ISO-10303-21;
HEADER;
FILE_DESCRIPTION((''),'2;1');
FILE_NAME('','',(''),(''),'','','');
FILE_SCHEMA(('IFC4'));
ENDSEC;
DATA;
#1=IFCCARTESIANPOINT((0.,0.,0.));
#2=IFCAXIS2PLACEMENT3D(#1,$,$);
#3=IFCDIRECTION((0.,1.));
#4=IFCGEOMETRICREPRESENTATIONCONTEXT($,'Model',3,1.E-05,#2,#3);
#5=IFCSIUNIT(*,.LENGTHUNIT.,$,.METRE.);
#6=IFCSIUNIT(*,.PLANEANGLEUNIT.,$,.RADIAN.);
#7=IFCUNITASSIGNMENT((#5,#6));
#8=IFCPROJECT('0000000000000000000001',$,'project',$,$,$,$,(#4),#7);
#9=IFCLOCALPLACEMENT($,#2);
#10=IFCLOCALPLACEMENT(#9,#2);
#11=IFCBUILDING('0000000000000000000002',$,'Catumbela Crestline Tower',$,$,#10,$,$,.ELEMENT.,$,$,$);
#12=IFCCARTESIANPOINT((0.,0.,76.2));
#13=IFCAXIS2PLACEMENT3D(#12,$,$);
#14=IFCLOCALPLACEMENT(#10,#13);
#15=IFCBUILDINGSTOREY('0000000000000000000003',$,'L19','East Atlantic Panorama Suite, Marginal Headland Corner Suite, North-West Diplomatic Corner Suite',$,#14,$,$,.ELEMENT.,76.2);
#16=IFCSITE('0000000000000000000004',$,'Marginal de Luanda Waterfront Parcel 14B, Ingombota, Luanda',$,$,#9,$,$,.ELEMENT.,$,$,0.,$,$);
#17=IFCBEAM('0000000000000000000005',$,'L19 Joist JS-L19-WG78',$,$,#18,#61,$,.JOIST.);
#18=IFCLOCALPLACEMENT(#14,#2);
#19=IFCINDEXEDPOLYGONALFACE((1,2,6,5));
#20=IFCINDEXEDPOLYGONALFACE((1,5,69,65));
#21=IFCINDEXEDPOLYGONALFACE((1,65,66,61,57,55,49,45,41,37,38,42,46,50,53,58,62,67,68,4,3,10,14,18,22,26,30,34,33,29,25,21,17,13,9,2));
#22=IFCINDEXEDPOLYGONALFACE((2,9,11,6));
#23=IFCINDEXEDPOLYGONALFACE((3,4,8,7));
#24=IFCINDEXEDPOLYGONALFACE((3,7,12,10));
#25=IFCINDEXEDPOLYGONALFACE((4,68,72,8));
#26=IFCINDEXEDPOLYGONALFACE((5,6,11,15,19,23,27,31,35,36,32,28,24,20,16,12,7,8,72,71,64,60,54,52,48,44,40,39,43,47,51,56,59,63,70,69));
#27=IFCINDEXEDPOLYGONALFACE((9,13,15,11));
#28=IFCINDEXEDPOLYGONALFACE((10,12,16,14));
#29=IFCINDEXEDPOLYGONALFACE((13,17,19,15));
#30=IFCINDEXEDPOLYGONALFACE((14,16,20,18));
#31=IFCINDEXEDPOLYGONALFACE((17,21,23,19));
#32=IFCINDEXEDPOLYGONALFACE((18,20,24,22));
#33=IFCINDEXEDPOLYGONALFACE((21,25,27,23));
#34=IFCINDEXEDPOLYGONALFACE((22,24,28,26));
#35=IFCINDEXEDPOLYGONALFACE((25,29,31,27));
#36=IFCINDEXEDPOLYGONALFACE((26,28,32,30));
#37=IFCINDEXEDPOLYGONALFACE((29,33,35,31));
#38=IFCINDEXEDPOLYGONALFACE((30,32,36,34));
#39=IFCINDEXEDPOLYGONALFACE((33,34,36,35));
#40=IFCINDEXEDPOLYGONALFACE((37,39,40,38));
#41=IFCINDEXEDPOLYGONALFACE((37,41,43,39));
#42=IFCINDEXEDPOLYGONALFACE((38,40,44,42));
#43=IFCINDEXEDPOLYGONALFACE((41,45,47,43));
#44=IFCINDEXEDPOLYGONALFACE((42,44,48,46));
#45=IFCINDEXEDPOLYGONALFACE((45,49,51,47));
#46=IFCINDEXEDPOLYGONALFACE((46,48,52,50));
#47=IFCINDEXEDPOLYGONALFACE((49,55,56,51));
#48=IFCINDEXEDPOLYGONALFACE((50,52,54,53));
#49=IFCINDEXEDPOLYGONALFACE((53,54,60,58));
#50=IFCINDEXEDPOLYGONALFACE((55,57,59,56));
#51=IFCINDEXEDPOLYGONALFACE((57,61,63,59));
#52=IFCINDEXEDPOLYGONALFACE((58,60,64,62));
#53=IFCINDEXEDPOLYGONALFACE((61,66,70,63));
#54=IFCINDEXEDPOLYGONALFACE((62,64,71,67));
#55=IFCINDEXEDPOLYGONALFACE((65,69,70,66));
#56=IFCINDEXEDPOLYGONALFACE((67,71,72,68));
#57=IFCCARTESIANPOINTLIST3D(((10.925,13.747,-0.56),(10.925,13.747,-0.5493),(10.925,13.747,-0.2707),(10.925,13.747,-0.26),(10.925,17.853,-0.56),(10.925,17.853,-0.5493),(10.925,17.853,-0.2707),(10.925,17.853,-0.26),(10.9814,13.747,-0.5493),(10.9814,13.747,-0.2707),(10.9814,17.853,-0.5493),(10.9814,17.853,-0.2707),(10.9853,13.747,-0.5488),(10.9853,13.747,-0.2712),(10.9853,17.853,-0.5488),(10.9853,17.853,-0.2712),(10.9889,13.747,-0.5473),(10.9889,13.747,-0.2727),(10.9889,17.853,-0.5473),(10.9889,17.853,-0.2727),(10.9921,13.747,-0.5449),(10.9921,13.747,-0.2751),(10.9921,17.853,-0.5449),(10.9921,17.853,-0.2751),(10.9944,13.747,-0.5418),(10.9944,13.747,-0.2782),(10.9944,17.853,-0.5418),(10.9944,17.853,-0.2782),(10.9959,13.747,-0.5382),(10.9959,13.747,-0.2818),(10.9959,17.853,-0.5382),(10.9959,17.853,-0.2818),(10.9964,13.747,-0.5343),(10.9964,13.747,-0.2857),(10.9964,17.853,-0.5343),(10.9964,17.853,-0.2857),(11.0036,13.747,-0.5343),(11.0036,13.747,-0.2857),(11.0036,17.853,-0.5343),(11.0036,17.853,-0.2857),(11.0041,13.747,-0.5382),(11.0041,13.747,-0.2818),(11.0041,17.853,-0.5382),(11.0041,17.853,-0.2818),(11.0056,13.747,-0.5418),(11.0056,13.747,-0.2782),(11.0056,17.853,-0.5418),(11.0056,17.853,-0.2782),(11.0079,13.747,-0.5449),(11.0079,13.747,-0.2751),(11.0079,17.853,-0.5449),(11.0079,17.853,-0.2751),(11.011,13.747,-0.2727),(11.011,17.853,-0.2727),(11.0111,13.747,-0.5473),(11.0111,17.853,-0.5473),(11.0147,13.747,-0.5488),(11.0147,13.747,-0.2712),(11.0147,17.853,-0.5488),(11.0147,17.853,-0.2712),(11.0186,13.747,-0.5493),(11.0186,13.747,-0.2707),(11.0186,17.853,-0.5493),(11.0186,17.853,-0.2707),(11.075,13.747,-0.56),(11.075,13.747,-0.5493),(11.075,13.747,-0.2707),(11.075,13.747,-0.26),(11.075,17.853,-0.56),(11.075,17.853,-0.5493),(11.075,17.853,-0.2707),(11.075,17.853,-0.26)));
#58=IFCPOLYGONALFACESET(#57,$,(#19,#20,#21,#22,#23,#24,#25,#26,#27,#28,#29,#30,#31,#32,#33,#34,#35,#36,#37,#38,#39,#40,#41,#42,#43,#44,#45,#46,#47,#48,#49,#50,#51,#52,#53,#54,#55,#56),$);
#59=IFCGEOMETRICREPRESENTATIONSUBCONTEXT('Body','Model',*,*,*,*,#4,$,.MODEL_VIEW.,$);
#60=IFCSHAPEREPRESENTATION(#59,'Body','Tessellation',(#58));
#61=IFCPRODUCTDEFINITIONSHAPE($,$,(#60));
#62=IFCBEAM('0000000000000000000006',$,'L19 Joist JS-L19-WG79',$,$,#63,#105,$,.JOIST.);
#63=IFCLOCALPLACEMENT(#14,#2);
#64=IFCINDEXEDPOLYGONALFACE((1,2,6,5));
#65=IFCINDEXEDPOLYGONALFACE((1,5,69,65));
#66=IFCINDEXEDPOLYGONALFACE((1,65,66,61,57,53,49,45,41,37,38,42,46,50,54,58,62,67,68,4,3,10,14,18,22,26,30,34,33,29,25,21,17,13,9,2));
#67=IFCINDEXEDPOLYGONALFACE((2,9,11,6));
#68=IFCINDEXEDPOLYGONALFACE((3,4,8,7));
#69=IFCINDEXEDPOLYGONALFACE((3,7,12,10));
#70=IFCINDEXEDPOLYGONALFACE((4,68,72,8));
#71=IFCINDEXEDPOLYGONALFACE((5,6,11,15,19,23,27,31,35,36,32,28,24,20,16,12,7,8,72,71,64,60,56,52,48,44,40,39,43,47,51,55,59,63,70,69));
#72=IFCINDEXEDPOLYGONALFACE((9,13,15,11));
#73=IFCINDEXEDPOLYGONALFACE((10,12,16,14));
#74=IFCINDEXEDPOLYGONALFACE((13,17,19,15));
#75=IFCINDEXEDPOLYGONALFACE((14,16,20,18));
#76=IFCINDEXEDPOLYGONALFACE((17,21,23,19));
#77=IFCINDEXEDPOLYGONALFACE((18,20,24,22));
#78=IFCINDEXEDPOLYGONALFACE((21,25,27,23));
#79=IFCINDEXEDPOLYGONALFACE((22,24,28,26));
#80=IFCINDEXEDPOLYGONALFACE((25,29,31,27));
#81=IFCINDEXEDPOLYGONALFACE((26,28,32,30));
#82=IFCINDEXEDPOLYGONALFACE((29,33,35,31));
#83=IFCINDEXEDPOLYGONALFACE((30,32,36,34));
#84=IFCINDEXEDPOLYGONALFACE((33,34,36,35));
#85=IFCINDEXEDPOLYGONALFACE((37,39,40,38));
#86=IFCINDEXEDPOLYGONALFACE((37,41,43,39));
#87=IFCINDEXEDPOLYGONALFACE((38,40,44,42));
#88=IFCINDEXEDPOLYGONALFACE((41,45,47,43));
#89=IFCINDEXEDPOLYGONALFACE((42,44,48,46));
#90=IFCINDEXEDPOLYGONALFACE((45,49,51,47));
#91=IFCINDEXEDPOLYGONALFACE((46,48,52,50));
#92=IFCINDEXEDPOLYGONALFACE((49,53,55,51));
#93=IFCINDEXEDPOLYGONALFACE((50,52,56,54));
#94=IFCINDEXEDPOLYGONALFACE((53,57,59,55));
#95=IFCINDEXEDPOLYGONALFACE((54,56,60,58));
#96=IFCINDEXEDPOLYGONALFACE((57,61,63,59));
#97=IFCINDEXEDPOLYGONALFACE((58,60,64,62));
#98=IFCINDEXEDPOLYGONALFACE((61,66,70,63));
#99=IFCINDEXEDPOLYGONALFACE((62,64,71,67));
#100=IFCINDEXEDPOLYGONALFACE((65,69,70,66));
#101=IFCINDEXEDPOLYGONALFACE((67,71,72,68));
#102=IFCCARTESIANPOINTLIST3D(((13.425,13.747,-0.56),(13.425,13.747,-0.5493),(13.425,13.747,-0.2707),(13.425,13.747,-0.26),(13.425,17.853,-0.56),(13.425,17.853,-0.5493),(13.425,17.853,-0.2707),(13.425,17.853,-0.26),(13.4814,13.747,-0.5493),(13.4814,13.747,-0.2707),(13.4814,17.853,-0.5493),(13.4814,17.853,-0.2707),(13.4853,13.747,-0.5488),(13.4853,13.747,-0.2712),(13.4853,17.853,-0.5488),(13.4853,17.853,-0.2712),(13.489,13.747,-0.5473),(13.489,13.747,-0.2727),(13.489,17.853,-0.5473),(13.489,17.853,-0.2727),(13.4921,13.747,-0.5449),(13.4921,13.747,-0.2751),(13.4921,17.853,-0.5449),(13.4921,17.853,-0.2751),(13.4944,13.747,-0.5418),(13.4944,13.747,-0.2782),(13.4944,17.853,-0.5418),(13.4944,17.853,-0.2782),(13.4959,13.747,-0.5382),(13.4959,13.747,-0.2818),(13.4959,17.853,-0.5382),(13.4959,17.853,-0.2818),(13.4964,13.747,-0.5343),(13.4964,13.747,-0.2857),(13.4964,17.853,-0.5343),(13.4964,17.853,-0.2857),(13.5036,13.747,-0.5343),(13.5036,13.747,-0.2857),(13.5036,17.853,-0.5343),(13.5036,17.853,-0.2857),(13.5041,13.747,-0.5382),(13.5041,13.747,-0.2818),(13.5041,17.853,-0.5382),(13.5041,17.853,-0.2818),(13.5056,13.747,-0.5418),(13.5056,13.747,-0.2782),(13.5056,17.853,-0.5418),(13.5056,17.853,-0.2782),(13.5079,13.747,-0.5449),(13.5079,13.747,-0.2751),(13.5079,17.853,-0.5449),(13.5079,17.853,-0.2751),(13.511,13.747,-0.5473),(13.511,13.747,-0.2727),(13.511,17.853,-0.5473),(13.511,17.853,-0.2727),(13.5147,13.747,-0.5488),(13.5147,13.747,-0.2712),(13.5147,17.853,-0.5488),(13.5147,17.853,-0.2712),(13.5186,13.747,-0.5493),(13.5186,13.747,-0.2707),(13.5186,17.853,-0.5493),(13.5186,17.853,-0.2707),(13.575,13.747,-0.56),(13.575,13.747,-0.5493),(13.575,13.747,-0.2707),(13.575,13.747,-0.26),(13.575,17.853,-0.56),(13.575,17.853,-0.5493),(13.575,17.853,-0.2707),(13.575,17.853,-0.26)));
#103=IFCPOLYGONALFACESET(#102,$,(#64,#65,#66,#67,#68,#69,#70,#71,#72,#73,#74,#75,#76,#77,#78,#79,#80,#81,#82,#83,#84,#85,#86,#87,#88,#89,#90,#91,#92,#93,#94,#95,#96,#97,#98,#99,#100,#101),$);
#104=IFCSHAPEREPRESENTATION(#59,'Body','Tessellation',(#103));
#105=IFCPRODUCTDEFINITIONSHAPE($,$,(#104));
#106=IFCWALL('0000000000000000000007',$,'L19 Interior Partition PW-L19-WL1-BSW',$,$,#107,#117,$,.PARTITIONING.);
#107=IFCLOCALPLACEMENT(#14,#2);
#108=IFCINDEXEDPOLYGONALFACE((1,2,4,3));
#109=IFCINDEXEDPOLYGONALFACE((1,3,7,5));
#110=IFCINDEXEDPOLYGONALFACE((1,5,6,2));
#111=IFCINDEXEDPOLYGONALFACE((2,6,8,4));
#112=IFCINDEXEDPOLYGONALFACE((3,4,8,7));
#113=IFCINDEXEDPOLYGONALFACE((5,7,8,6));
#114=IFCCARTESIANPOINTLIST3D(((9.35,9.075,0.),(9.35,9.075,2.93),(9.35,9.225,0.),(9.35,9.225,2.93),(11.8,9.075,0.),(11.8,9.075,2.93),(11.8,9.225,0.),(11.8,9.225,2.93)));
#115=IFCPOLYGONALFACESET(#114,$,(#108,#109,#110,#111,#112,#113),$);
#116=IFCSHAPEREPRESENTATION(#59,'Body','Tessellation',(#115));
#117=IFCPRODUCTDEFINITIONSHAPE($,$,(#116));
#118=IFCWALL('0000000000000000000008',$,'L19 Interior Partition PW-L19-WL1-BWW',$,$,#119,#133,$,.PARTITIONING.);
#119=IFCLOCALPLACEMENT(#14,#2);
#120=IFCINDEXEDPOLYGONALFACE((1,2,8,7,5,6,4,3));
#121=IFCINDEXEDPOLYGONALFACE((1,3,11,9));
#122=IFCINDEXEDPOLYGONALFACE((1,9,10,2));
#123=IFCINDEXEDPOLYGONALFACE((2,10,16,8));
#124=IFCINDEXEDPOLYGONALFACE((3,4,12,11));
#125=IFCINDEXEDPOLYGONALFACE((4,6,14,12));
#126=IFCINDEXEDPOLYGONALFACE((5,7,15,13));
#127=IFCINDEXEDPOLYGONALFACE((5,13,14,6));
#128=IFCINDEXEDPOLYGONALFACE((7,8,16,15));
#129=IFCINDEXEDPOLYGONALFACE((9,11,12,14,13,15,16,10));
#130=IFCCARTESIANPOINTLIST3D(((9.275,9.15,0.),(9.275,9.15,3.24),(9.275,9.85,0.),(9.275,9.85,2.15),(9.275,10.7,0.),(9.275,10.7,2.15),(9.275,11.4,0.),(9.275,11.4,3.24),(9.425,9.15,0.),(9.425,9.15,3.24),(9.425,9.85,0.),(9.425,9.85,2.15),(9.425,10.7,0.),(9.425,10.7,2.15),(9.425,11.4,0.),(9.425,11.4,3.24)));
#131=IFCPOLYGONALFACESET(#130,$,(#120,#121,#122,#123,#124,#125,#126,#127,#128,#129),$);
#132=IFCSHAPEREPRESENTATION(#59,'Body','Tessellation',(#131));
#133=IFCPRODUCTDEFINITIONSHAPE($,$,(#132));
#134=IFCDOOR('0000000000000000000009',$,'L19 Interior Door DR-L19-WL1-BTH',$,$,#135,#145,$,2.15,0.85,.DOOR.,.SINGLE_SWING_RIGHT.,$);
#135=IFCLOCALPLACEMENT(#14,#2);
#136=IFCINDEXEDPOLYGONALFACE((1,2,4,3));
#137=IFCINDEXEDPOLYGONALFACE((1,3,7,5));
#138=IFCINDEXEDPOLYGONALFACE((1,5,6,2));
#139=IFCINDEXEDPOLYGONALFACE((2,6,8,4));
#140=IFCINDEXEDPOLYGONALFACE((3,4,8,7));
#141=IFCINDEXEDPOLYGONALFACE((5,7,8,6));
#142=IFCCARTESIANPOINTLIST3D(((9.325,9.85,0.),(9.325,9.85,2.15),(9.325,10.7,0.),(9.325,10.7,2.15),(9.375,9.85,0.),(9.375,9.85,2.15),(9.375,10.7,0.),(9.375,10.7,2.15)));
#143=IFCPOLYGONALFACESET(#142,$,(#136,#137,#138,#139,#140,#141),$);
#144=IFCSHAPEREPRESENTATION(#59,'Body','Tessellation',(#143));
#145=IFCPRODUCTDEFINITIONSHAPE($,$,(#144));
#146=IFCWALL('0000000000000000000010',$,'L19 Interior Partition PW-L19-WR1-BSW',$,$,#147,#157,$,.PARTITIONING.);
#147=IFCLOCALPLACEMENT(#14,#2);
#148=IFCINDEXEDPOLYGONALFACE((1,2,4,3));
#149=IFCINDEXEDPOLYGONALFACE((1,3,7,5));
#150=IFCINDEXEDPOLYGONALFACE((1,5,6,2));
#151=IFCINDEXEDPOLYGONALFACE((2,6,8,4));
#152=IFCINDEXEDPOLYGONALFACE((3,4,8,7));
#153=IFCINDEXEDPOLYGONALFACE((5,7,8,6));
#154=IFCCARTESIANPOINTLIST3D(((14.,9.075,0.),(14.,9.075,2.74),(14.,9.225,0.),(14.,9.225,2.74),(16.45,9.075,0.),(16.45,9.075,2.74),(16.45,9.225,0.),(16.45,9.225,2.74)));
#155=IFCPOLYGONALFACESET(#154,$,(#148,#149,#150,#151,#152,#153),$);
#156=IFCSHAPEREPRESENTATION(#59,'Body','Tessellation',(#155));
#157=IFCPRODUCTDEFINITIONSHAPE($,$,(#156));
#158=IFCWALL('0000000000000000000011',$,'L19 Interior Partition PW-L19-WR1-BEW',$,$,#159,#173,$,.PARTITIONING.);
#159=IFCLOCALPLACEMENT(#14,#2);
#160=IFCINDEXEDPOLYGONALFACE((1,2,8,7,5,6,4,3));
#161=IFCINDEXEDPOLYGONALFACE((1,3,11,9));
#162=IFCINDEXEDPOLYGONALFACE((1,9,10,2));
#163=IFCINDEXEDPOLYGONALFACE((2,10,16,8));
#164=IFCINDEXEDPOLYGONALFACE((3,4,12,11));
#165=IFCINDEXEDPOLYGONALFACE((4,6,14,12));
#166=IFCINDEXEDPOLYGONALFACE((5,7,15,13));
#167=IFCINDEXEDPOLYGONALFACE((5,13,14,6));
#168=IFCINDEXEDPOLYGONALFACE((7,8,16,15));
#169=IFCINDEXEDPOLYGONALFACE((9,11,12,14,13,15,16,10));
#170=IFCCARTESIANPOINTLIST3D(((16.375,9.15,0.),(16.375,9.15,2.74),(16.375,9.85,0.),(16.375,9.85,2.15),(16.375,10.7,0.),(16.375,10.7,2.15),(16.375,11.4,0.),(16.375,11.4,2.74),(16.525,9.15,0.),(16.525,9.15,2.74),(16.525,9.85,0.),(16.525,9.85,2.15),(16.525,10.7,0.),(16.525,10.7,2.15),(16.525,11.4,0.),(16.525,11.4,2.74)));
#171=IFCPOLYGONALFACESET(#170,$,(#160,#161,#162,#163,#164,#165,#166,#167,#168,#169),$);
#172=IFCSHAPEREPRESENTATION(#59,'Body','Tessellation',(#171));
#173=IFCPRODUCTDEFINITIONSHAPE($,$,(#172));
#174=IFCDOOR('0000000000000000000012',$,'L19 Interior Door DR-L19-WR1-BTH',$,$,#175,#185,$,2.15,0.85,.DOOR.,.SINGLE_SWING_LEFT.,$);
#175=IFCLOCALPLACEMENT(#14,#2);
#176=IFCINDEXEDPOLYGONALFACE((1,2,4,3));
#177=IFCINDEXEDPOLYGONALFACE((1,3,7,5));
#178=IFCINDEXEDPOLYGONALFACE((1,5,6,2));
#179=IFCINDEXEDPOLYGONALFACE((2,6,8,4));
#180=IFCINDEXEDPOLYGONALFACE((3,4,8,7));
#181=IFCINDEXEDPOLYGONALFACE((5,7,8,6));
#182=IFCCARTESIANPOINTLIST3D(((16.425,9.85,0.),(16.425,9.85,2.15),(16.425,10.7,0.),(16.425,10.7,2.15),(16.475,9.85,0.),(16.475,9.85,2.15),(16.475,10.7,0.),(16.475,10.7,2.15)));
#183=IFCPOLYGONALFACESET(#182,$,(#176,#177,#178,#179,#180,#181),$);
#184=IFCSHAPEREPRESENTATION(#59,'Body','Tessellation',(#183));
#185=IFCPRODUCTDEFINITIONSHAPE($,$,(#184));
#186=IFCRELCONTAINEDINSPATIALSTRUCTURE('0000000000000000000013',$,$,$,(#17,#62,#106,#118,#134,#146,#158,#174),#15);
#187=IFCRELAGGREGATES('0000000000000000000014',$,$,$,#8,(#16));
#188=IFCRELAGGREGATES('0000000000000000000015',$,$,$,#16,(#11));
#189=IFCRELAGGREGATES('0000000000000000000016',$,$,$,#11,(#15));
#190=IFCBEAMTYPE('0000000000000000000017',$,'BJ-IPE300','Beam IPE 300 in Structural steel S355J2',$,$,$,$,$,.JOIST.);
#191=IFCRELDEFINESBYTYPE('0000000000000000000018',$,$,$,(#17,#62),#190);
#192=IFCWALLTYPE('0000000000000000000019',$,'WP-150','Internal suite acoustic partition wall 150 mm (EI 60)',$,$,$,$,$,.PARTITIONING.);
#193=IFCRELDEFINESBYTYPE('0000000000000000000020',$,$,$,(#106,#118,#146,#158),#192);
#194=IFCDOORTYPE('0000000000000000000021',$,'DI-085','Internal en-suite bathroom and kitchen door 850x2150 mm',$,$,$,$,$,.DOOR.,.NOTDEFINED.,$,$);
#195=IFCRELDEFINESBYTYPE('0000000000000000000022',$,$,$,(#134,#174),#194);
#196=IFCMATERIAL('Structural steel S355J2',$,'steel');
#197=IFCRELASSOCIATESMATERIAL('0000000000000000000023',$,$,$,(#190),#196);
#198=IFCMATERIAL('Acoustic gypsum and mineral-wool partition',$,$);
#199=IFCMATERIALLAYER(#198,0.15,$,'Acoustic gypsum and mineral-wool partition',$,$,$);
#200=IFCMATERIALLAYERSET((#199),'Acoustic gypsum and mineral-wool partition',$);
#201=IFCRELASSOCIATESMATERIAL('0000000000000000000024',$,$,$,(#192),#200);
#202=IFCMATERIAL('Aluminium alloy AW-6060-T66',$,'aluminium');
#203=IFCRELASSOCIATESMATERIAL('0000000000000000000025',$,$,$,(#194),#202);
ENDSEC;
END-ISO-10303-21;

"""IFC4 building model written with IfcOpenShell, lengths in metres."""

from ifc_helpers import new_model, si_unit, direction, frame, frame_2d, origin, origin_2d, place, context, subcontext, project, spatial, rectangle, i_section, extrude, material, layer, layer_set, material_profile, profile_set, type_object, element, fill, save


model = new_model("IFC4")

# Units and contexts
model_context = context("Model", 3, precision=1e-05, world=origin(), true_north=direction((0.0, 1.0)))
body_context = subcontext(model_context, "Body", "Model", "MODEL_VIEW")
ifc_project = project(units=[si_unit("LENGTHUNIT", "METRE"), si_unit("PLANEANGLEUNIT", "RADIAN")], contexts=[model_context])

# Site, building, storey
site_placement = place(None, origin())
site = spatial("IfcSite", under=ifc_project, at=site_placement, Name="Marginal de Luanda Waterfront Parcel 14B, Ingombota, Luanda", CompositionType="ELEMENT", RefElevation=0.0)
building_placement = place(site_placement, origin())
building = spatial("IfcBuilding", under=site, at=building_placement, Name="Catumbela Crestline Tower", CompositionType="ELEMENT")
storey_placement = place(building_placement, frame((0.0, 0.0, 76.2)))
storey = spatial("IfcBuildingStorey", under=building, at=storey_placement, Name="L19", Description="East Atlantic Panorama Suite, Marginal Headland Corner Suite, North-West Diplomatic Corner Suite", CompositionType="ELEMENT", Elevation=76.2)

# Beams
ifc_material_1 = material(Name="Structural steel S355J2", Category="steel")
ifc_material_profile_1 = material_profile(ifc_material_1, i_section(OverallWidth=0.15, OverallDepth=0.3, WebThickness=0.0071, FlangeThickness=0.0107, FilletRadius=0.015, at=origin_2d()), Name="IPE 300")
ifc_profile_set_1 = profile_set([ifc_material_profile_1], Name="Structural steel S355J2")
beam_type_1 = type_object("IfcBeamType", Name="BJ-IPE300", Description="Beam IPE 300 in Structural steel S355J2", PredefinedType="JOIST", material=ifc_profile_set_1)
for number, where, z_axis, x_axis, name in (
    (1, (11.0, 13.747, -0.41), (0.0, 1.0, 0.0), (-1.0, 0.0, 0.0), "L19 Joist JS-L19-WG78"),
    (2, (13.5, 13.747, -0.41), (0.0, 1.0, 0.0), (-1.0, 0.0, 0.0), "L19 Joist JS-L19-WG79"),
):
    element("IfcBeam", number, at=place(storey_placement, frame(where, z_axis=z_axis, x_axis=x_axis)), inside=storey, type_object=beam_type_1, Name=name, PredefinedType="JOIST", context=body_context, shape_type="SweptSolid", body=[
        extrude(i_section(OverallWidth=0.15, OverallDepth=0.3, WebThickness=0.0071, FlangeThickness=0.0107, FilletRadius=0.015, at=origin_2d()), origin(), (0.0, 0.0, 1.0), 4.106),
    ])

# Wall
ifc_material_2 = material(Name="Acoustic gypsum and mineral-wool partition")
ifc_layer = layer(ifc_material_2, 0.15, Name="Acoustic gypsum and mineral-wool partition")
ifc_layer_set = layer_set([ifc_layer], Name="Acoustic gypsum and mineral-wool partition")
wall_type = type_object("IfcWallType", Name="WP-150", Description="Internal suite acoustic partition wall 150 mm (EI 60)", PredefinedType="PARTITIONING", material=ifc_layer_set)
wall_1_placement = place(storey_placement, frame((9.35, 9.15, 0.0), z_axis=(0.0, 0.0, 1.0), x_axis=(1.0, 0.0, 0.0)))
element("IfcWall", 3, at=wall_1_placement, inside=storey, type_object=wall_type, Name="L19 Interior Partition PW-L19-WL1-BSW", PredefinedType="PARTITIONING", context=body_context, shape_type="SweptSolid", body=[
    extrude(rectangle(XDim=2.45, YDim=0.15, at=frame_2d((1.225, 0.0))), origin(), (0.0, 0.0, 1.0), 2.93),
])

# Wall, opening, door
wall_2_placement = place(storey_placement, frame((9.35, 9.15, 0.0), z_axis=(0.0, 0.0, 1.0), x_axis=(0.0, 1.0, 0.0)))
wall_2 = element("IfcWall", 4, at=wall_2_placement, inside=storey, type_object=wall_type, Name="L19 Interior Partition PW-L19-WL1-BWW", PredefinedType="PARTITIONING", context=body_context, shape_type="SweptSolid", body=[
    extrude(rectangle(XDim=2.25, YDim=0.15, at=frame_2d((1.125, 0.0))), origin(), (0.0, 0.0, 1.0), 3.24),
])
opening_1_placement = place(wall_2_placement, frame((0.7, 0.0, 0.0)))
opening_1 = element("IfcOpeningElement", 5, at=opening_1_placement, cuts=wall_2, PredefinedType="OPENING", context=body_context, shape_type="SweptSolid", body=[
    extrude(rectangle(XDim=0.85, YDim=2.15, at=frame_2d((0.425, 1.075))), frame((0.0, 0.085, 0.0), z_axis=(0.0, -1.0, 0.0), x_axis=(1.0, 0.0, 0.0)), (0.0, 0.0, 1.0), 0.17),
])
ifc_material_3 = material(Name="Aluminium alloy AW-6060-T66", Category="aluminium")
door_type = type_object("IfcDoorType", Name="DI-085", Description="Internal en-suite bathroom and kitchen door 850x2150 mm", OperationType="NOTDEFINED", PredefinedType="DOOR", material=ifc_material_3)
door_1_placement = place(opening_1_placement, origin())
door_1 = element("IfcDoor", 6, at=door_1_placement, inside=storey, type_object=door_type, Name="L19 Interior Door DR-L19-WL1-BTH", OperationType="SINGLE_SWING_RIGHT", OverallHeight=2.15, OverallWidth=0.85, PredefinedType="DOOR", context=body_context, shape_type="SweptSolid", body=[
    extrude(rectangle(XDim=0.85, YDim=2.15, at=frame_2d((0.425, 1.075))), frame((0.0, 0.025, 0.0), z_axis=(0.0, -1.0, 0.0), x_axis=(1.0, 0.0, 0.0)), (0.0, 0.0, 1.0), 0.05),
])
fill(opening_1, door_1)

# Wall
wall_3_placement = place(storey_placement, frame((14.0, 9.15, 0.0), z_axis=(0.0, 0.0, 1.0), x_axis=(1.0, 0.0, 0.0)))
element("IfcWall", 7, at=wall_3_placement, inside=storey, type_object=wall_type, Name="L19 Interior Partition PW-L19-WR1-BSW", PredefinedType="PARTITIONING", context=body_context, shape_type="SweptSolid", body=[
    extrude(rectangle(XDim=2.45, YDim=0.15, at=frame_2d((1.225, 0.0))), origin(), (0.0, 0.0, 1.0), 2.74),
])

# Wall, opening, door
wall_4_placement = place(storey_placement, frame((16.45, 9.15, 0.0), z_axis=(0.0, 0.0, 1.0), x_axis=(0.0, 1.0, 0.0)))
wall_4 = element("IfcWall", 8, at=wall_4_placement, inside=storey, type_object=wall_type, Name="L19 Interior Partition PW-L19-WR1-BEW", PredefinedType="PARTITIONING", context=body_context, shape_type="SweptSolid", body=[
    extrude(rectangle(XDim=2.25, YDim=0.15, at=frame_2d((1.125, 0.0))), origin(), (0.0, 0.0, 1.0), 2.74),
])
opening_2_placement = place(wall_4_placement, frame((0.7, 0.0, 0.0)))
opening_2 = element("IfcOpeningElement", 9, at=opening_2_placement, cuts=wall_4, PredefinedType="OPENING", context=body_context, shape_type="SweptSolid", body=[
    extrude(rectangle(XDim=0.85, YDim=2.15, at=frame_2d((0.425, 1.075))), frame((0.0, 0.085, 0.0), z_axis=(0.0, -1.0, 0.0), x_axis=(1.0, 0.0, 0.0)), (0.0, 0.0, 1.0), 0.17),
])
door_2_placement = place(opening_2_placement, origin())
door_2 = element("IfcDoor", 10, at=door_2_placement, inside=storey, type_object=door_type, Name="L19 Interior Door DR-L19-WR1-BTH", OperationType="SINGLE_SWING_LEFT", OverallHeight=2.15, OverallWidth=0.85, PredefinedType="DOOR", context=body_context, shape_type="SweptSolid", body=[
    extrude(rectangle(XDim=0.85, YDim=2.15, at=frame_2d((0.425, 1.075))), frame((0.0, 0.025, 0.0), z_axis=(0.0, -1.0, 0.0), x_axis=(1.0, 0.0, 0.0)), (0.0, 0.0, 1.0), 0.05),
])
fill(opening_2, door_2)

save(model, "model.ifc")
